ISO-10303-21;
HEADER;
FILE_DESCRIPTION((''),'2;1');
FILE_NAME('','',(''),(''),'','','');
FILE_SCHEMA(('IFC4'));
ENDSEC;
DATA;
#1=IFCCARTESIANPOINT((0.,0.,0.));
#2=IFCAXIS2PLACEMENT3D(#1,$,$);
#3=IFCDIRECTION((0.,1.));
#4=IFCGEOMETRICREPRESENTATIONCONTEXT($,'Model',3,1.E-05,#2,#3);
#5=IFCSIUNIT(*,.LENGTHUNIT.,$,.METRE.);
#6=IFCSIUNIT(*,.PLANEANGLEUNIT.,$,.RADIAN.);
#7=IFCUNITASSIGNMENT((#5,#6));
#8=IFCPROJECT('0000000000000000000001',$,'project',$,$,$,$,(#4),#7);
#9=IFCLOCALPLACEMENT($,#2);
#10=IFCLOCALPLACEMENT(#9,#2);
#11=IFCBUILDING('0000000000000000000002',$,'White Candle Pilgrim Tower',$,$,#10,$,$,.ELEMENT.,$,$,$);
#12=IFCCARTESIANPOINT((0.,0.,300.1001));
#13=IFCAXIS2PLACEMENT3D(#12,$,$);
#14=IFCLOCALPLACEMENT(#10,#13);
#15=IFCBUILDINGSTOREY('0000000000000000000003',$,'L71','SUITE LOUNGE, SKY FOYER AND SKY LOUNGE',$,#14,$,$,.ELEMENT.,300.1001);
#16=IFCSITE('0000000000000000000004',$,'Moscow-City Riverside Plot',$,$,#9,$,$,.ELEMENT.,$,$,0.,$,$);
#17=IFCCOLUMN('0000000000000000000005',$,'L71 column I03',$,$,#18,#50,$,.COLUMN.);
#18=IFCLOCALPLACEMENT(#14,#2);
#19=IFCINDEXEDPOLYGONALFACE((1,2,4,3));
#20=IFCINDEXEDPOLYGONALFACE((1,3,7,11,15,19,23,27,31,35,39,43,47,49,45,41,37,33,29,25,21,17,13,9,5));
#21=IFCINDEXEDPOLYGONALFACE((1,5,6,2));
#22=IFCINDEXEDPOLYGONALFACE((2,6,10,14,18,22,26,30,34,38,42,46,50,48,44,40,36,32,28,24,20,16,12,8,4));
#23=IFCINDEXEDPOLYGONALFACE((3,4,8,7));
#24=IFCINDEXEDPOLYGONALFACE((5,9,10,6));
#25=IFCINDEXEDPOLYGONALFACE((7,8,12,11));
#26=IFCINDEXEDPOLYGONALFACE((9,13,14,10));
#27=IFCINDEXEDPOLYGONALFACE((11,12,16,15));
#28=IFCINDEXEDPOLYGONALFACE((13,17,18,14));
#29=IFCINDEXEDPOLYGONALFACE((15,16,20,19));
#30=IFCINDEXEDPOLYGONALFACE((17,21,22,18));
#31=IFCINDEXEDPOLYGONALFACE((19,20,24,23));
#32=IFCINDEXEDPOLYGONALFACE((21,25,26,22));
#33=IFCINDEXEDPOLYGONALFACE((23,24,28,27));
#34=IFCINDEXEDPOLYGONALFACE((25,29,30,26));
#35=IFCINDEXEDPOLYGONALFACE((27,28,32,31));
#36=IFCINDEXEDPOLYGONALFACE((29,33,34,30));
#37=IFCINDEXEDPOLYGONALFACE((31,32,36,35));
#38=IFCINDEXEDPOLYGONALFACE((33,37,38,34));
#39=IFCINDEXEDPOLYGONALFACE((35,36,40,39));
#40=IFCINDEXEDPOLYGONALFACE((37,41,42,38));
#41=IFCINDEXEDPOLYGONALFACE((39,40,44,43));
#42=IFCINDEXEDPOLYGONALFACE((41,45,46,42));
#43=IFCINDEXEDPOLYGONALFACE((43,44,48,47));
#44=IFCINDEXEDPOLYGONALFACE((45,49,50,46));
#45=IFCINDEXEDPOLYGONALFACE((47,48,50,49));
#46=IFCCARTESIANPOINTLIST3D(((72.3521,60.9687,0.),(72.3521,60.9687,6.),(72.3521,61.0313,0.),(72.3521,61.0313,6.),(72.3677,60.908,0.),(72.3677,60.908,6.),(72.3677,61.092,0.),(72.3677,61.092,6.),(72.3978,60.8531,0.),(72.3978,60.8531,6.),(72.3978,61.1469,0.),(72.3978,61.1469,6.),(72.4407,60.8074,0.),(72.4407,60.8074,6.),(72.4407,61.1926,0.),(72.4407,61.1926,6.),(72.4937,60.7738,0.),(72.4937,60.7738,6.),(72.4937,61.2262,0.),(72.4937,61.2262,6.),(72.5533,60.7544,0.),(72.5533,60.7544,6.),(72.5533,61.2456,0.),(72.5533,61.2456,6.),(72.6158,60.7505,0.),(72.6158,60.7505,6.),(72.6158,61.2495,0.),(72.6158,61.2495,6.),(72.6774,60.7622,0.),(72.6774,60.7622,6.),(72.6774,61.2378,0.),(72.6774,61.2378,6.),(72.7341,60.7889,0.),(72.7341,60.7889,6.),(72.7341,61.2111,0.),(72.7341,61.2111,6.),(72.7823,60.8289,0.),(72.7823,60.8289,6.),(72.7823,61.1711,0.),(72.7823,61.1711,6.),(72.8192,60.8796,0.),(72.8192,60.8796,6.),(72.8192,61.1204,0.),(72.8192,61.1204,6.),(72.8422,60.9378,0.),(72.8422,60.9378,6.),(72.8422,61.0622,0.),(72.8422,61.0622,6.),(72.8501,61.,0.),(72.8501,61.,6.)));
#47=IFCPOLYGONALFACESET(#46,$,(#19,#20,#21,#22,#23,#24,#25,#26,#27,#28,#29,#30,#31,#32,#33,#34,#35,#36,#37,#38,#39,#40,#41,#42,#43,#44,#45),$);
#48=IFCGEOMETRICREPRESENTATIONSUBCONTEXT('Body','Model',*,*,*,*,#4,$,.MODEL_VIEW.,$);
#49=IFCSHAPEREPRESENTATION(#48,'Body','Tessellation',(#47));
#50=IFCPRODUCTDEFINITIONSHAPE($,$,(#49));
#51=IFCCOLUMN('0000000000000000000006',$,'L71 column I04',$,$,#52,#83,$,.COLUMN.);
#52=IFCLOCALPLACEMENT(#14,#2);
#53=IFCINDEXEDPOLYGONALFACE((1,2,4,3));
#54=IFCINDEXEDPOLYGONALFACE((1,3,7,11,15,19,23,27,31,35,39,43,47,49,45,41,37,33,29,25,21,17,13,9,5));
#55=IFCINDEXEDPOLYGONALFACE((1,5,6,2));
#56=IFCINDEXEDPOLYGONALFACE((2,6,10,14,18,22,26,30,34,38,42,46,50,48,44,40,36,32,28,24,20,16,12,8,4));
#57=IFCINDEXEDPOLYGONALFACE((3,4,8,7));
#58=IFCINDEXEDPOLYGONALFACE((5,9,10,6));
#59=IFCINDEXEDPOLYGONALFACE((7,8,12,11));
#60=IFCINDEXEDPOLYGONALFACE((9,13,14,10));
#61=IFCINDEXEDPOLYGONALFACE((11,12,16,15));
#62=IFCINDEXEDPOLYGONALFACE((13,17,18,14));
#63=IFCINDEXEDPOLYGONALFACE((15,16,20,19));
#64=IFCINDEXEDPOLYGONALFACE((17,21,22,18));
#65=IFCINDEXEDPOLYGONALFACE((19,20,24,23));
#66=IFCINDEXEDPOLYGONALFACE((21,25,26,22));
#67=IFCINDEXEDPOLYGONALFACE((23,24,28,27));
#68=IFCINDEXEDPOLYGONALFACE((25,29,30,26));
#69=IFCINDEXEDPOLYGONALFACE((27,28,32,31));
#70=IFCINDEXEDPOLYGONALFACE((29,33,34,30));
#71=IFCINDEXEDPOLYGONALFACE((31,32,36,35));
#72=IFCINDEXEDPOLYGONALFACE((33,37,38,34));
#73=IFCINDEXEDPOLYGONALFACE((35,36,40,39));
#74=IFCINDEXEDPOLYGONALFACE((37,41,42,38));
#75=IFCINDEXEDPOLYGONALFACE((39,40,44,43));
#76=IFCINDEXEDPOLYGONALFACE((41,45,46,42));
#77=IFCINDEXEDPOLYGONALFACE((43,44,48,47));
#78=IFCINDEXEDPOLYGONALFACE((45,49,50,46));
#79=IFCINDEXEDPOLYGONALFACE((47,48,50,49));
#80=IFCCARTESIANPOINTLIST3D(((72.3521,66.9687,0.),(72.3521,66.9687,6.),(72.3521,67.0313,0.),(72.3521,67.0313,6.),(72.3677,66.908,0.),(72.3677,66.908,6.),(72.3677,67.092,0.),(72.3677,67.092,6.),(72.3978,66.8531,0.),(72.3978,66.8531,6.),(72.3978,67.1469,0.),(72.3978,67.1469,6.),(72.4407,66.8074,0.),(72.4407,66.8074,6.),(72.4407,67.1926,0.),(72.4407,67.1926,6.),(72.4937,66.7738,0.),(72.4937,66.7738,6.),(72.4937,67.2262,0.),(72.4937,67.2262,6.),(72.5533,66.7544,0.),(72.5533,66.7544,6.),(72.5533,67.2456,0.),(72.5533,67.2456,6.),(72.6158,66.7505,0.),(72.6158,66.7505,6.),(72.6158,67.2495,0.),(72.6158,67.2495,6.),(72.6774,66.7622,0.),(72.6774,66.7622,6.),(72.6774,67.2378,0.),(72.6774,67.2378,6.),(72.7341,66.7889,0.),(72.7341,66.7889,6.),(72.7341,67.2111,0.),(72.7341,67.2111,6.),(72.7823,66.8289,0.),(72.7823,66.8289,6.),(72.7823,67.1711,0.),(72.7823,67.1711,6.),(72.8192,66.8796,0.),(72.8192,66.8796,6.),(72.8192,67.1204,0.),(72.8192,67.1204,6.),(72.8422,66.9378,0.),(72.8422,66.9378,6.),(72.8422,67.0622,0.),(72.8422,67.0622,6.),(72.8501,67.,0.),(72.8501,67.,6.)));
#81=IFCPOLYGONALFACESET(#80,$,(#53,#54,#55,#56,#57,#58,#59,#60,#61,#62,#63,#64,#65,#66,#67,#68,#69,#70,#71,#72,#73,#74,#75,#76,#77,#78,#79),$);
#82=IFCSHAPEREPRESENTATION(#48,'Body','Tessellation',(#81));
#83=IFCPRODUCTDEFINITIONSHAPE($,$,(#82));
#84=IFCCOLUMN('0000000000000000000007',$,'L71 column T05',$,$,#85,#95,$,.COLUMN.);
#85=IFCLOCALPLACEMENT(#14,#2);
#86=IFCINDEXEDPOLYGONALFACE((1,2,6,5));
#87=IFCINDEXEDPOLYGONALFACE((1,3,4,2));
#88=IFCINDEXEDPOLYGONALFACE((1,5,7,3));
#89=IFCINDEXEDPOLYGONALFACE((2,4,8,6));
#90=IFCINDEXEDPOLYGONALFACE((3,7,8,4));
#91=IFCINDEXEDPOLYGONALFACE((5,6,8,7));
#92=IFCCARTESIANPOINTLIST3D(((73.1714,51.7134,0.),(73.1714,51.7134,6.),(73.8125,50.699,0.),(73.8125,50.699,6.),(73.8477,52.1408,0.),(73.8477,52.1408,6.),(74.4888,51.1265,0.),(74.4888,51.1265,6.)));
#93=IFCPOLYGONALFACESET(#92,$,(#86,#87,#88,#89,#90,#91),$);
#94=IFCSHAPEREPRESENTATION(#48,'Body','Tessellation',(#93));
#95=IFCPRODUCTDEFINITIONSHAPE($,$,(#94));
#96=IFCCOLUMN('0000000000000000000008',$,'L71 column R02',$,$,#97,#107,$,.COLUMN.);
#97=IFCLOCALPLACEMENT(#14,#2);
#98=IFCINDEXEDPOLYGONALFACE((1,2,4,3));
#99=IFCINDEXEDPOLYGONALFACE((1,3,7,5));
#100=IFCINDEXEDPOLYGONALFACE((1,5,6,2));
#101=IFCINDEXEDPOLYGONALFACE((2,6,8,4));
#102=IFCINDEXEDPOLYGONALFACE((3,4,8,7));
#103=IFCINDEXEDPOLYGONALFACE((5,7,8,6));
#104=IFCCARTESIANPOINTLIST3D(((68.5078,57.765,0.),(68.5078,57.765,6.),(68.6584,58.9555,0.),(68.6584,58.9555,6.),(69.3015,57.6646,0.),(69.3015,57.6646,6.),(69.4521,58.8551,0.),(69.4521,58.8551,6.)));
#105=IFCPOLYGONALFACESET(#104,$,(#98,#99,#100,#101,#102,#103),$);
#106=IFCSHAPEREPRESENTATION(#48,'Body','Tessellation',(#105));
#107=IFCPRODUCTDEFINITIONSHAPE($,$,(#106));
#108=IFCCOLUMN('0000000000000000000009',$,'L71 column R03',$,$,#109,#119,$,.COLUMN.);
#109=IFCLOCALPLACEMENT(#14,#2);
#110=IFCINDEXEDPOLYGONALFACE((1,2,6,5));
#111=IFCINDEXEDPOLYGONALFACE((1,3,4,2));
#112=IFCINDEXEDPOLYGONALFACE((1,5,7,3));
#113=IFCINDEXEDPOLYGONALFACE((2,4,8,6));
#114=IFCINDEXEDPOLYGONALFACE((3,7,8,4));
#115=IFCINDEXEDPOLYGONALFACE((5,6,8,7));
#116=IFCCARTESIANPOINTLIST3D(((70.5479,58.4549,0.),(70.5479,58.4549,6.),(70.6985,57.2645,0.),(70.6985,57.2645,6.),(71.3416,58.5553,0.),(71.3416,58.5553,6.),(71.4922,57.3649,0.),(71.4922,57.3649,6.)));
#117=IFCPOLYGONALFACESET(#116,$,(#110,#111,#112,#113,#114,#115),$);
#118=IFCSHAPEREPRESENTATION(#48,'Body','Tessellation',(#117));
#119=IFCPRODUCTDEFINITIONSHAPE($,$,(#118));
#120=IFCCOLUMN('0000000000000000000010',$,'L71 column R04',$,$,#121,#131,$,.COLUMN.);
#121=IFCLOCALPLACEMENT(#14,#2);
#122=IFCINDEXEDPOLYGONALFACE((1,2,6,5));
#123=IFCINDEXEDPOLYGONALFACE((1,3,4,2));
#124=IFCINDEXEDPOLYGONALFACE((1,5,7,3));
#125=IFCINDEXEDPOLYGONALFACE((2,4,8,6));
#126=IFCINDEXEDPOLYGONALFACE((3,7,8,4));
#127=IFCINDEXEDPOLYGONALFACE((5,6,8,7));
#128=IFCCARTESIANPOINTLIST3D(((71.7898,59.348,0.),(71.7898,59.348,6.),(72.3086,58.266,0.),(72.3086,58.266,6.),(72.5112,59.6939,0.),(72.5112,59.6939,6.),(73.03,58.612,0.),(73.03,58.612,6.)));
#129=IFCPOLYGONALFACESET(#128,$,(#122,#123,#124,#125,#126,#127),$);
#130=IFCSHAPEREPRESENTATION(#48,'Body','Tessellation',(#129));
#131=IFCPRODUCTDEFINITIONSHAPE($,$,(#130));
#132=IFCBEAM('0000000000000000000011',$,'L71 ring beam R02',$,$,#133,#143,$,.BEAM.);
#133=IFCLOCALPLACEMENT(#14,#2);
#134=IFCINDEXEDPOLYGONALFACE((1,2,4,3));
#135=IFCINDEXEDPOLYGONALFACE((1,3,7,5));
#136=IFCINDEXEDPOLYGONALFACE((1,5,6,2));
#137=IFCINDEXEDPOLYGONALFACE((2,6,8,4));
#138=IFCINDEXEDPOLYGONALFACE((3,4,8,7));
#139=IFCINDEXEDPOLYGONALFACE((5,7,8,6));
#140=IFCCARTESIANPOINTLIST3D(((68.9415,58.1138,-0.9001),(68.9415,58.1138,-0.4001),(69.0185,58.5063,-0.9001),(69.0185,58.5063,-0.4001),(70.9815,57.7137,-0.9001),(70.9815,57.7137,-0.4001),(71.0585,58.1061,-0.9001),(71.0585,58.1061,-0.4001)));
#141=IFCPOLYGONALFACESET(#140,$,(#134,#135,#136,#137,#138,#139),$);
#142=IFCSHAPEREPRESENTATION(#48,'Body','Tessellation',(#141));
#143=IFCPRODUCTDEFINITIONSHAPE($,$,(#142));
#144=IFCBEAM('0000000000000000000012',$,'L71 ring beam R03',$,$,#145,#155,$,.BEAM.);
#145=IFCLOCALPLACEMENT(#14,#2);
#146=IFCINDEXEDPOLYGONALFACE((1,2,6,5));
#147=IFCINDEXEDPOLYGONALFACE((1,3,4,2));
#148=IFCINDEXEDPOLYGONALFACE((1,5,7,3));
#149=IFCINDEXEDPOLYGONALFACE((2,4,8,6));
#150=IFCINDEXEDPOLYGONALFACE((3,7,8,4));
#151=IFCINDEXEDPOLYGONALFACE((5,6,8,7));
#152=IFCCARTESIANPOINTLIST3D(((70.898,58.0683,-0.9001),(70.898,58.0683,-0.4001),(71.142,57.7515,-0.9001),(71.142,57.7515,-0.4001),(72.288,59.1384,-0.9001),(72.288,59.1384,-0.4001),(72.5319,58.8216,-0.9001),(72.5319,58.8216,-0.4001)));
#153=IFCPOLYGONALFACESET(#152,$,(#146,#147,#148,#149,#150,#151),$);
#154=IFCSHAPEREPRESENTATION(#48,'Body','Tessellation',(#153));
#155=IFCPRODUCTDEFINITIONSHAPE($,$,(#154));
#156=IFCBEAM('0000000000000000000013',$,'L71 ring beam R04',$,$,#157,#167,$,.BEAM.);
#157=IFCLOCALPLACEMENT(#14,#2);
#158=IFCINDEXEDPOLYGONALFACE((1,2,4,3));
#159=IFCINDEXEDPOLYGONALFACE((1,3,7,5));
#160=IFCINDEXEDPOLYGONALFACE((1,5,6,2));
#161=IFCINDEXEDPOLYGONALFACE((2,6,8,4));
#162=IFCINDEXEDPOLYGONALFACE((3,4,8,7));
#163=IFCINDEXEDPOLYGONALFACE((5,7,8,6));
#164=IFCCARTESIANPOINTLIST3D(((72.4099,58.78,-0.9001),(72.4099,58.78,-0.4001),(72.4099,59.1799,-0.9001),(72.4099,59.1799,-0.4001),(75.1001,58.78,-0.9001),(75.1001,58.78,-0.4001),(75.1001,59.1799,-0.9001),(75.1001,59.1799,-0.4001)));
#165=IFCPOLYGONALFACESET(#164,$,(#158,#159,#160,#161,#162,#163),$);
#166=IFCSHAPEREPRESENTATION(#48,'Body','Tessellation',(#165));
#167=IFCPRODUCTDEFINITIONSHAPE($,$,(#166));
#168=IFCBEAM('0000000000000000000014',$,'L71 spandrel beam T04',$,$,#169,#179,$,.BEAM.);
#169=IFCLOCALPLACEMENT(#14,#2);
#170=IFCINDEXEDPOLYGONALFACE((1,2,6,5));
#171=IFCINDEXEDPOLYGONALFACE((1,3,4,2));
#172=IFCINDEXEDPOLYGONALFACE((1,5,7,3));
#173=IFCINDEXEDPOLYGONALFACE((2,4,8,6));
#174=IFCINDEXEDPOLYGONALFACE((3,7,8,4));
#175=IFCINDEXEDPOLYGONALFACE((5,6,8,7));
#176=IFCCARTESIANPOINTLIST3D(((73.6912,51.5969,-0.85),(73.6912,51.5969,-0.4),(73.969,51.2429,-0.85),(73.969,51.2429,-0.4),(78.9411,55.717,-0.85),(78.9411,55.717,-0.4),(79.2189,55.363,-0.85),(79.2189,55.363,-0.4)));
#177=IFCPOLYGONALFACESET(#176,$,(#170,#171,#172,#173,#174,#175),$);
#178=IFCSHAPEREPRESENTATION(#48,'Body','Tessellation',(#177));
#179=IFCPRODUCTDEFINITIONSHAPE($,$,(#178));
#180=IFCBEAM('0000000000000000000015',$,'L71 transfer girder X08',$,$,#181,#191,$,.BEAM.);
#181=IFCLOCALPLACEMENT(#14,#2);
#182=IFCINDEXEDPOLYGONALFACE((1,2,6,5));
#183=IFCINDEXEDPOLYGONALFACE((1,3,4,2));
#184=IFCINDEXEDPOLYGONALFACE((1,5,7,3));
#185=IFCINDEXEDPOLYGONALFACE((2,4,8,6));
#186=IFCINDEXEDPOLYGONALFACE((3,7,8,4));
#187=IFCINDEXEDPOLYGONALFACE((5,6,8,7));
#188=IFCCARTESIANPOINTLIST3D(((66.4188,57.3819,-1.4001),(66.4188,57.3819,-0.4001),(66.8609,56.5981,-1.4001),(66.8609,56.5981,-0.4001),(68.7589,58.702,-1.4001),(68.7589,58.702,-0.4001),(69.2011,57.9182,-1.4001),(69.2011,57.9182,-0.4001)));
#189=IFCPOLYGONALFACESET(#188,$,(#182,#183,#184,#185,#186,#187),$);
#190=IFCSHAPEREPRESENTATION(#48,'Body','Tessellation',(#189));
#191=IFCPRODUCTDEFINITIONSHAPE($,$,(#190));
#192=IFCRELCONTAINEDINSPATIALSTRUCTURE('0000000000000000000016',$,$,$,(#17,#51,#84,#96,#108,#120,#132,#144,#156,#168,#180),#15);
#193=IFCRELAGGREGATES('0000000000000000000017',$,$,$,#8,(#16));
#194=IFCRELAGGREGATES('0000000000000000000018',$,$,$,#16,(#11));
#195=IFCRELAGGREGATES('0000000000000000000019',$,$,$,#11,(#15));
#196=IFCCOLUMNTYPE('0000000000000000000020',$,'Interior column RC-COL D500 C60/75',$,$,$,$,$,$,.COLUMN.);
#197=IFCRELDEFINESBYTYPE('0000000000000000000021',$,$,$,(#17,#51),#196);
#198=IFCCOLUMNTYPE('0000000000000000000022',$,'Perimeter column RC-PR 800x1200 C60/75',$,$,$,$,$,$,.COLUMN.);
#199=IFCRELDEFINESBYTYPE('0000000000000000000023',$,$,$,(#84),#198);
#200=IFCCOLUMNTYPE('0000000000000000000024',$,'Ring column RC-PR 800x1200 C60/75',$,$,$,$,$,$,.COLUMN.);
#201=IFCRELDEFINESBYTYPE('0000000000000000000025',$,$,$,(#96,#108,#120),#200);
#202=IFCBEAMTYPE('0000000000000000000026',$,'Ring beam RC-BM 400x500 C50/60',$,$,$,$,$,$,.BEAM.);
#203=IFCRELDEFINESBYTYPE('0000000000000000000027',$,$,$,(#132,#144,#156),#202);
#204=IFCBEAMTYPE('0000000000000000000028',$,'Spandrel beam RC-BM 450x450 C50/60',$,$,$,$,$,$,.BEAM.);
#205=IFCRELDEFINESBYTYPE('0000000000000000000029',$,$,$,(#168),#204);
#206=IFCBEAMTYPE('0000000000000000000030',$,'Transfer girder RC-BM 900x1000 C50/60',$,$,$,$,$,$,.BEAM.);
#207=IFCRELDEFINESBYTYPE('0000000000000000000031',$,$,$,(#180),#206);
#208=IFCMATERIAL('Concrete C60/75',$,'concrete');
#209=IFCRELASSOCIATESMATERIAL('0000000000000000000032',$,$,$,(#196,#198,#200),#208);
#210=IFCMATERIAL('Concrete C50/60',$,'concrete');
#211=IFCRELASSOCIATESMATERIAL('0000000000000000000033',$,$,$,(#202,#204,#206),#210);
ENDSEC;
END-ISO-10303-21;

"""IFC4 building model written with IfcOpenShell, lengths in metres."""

from ifc_helpers import new_model, si_unit, direction, frame, origin, origin_2d, place, context, subcontext, project, spatial, rectangle, circle, extrude, material, material_profile, profile_set, type_object, element, save


model = new_model("IFC4")

# Units and contexts
model_context = context("Model", 3, precision=1e-05, world=origin(), true_north=direction((0.0, 1.0)))
body_context = subcontext(model_context, "Body", "Model", "MODEL_VIEW")
ifc_project = project(units=[si_unit("LENGTHUNIT", "METRE"), si_unit("PLANEANGLEUNIT", "RADIAN")], contexts=[model_context])

# Site, building, storey
site_placement = place(None, origin())
site = spatial("IfcSite", under=ifc_project, at=site_placement, Name="Moscow-City Riverside Plot", CompositionType="ELEMENT", RefElevation=0.0)
building_placement = place(site_placement, origin())
building = spatial("IfcBuilding", under=site, at=building_placement, Name="White Candle Pilgrim Tower", CompositionType="ELEMENT")
storey_placement = place(building_placement, frame((0.0, 0.0, 300.1001)))
storey = spatial("IfcBuildingStorey", under=building, at=storey_placement, Name="L71", Description="SUITE LOUNGE, SKY FOYER AND SKY LOUNGE", CompositionType="ELEMENT", Elevation=300.1001)

# Columns
ifc_material_1 = material(Name="Concrete C60/75", Category="concrete")
ifc_material_profile_1 = material_profile(ifc_material_1, circle(Radius=0.25, at=origin_2d()), Name="RC-COL D500")
ifc_profile_set_1 = profile_set([ifc_material_profile_1], Name="Concrete C60/75")
column_type_1 = type_object("IfcColumnType", Name="Interior column RC-COL D500 C60/75", PredefinedType="COLUMN", material=ifc_profile_set_1)
for number, where, z_axis, x_axis, name in (
    (1, (72.6001, 61.0, 0.0), (0.0, 0.0, 1.0), (1.0, 0.0, 0.0), "L71 column I03"),
    (2, (72.6001, 67.0, 0.0), (0.0, 0.0, 1.0), (1.0, 0.0, 0.0), "L71 column I04"),
):
    element("IfcColumn", number, at=place(storey_placement, frame(where, z_axis=z_axis, x_axis=x_axis)), inside=storey, type_object=column_type_1, Name=name, PredefinedType="COLUMN", context=body_context, shape_type="SweptSolid", body=[
        extrude(circle(Radius=0.25, at=origin_2d()), origin(), (0.0, 0.0, 1.0), 6.0),
    ])
ifc_material_profile_2 = material_profile(ifc_material_1, rectangle(XDim=0.8, YDim=1.2, at=origin_2d()), Name="RC-PR 800x1200")
ifc_profile_set_2 = profile_set([ifc_material_profile_2], Name="Concrete C60/75")
column_type_2 = type_object("IfcColumnType", Name="Perimeter column RC-PR 800x1200 C60/75", PredefinedType="COLUMN", material=ifc_profile_set_2)
column_placement = place(storey_placement, frame((73.8301, 51.4199, 0.0), z_axis=(0.0, 0.0, 1.0), x_axis=(-0.845318, -0.534264, 0.0)))
element("IfcColumn", 3, at=column_placement, inside=storey, type_object=column_type_2, Name="L71 column T05", PredefinedType="COLUMN", context=body_context, shape_type="SweptSolid", body=[
    extrude(rectangle(XDim=0.8, YDim=1.2, at=origin_2d()), origin(), (0.0, 0.0, 1.0), 6.0),
])
ifc_material_profile_3 = material_profile(ifc_material_1, rectangle(XDim=0.8, YDim=1.2, at=origin_2d()), Name="RC-PR 800x1200")
ifc_profile_set_3 = profile_set([ifc_material_profile_3], Name="Concrete C60/75")
column_type_3 = type_object("IfcColumnType", Name="Ring column RC-PR 800x1200 C60/75", PredefinedType="COLUMN", material=ifc_profile_set_3)
for number, where, z_axis, x_axis, name in (
    (4, (68.98, 58.3101, 0.0), (0.0, 0.0, 1.0), (-0.992093, 0.125506, 0.0), "L71 column R02"),
    (5, (71.02, 57.9099, 0.0), (0.0, 0.0, 1.0), (-0.992093, -0.125506, 0.0), "L71 column R03"),
    (6, (72.4099, 58.98, 0.0), (0.0, 0.0, 1.0), (-0.901689, -0.432385, 0.0), "L71 column R04"),
):
    element("IfcColumn", number, at=place(storey_placement, frame(where, z_axis=z_axis, x_axis=x_axis)), inside=storey, type_object=column_type_3, Name=name, PredefinedType="COLUMN", context=body_context, shape_type="SweptSolid", body=[
        extrude(rectangle(XDim=0.8, YDim=1.2, at=origin_2d()), origin(), (0.0, 0.0, 1.0), 6.0),
    ])

# Beams
ifc_material_2 = material(Name="Concrete C50/60", Category="concrete")
ifc_material_profile_4 = material_profile(ifc_material_2, rectangle(XDim=0.3999, YDim=0.5, at=origin_2d()), Name="RC-BM 400x500")
ifc_profile_set_4 = profile_set([ifc_material_profile_4], Name="Concrete C50/60")
beam_type_1 = type_object("IfcBeamType", Name="Ring beam RC-BM 400x500 C50/60", PredefinedType="BEAM", material=ifc_profile_set_4)
beam_1_placement = place(storey_placement, frame((68.98, 58.3101, -0.6501), z_axis=(0.981301, -0.192479, 0.0), x_axis=(0.192479, 0.981301, 0.0)))
element("IfcBeam", 7, at=beam_1_placement, inside=storey, type_object=beam_type_1, Name="L71 ring beam R02", PredefinedType="BEAM", context=body_context, shape_type="SweptSolid", body=[
    extrude(rectangle(XDim=0.3999, YDim=0.5, at=origin_2d()), origin(), (0.0, 0.0, 1.0), 2.0789),
])
beam_2_placement = place(storey_placement, frame((71.02, 57.9099, -0.6501), z_axis=(0.79237, 0.61004, 0.0), x_axis=(-0.61004, 0.79237, 0.0)))
element("IfcBeam", 8, at=beam_2_placement, inside=storey, type_object=beam_type_1, Name="L71 ring beam R03", PredefinedType="BEAM", context=body_context, shape_type="SweptSolid", body=[
    extrude(rectangle(XDim=0.3999, YDim=0.5, at=origin_2d()), origin(), (0.0, 0.0, 1.0), 1.7542),
])
beam_3_placement = place(storey_placement, frame((72.4099, 58.98, -0.6501), z_axis=(1.0, 0.0, 0.0), x_axis=(0.0, 1.0, 0.0)))
element("IfcBeam", 9, at=beam_3_placement, inside=storey, type_object=beam_type_1, Name="L71 ring beam R04", PredefinedType="BEAM", context=body_context, shape_type="SweptSolid", body=[
    extrude(rectangle(XDim=0.3999, YDim=0.5, at=origin_2d()), origin(), (0.0, 0.0, 1.0), 2.6902),
])
ifc_material_profile_5 = material_profile(ifc_material_2, rectangle(XDim=0.45, YDim=0.45, at=origin_2d()), Name="RC-BM 450x450")
ifc_profile_set_5 = profile_set([ifc_material_profile_5], Name="Concrete C50/60")
beam_type_2 = type_object("IfcBeamType", Name="Spandrel beam RC-BM 450x450 C50/60", PredefinedType="BEAM", material=ifc_profile_set_5)
beam_4_placement = place(storey_placement, frame((73.8301, 51.4199, -0.625), z_axis=(0.786674, 0.617369, 0.0), x_axis=(-0.617369, 0.786674, 0.0)))
element("IfcBeam", 10, at=beam_4_placement, inside=storey, type_object=beam_type_2, Name="L71 spandrel beam T04", PredefinedType="BEAM", context=body_context, shape_type="SweptSolid", body=[
    extrude(rectangle(XDim=0.45, YDim=0.45, at=origin_2d()), origin(), (0.0, 0.0, 1.0), 6.6736),
])
ifc_material_profile_6 = material_profile(ifc_material_2, rectangle(XDim=0.8999, YDim=1.0, at=origin_2d()), Name="RC-BM 900x1000")
ifc_profile_set_6 = profile_set([ifc_material_profile_6], Name="Concrete C50/60")
beam_type_3 = type_object("IfcBeamType", Name="Transfer girder RC-BM 900x1000 C50/60", PredefinedType="BEAM", material=ifc_profile_set_6)
beam_5_placement = place(storey_placement, frame((68.98, 58.3101, -0.9001), z_axis=(-0.870975, -0.491326, 0.0), x_axis=(0.491326, -0.870975, 0.0)))
element("IfcBeam", 11, at=beam_5_placement, inside=storey, type_object=beam_type_3, Name="L71 transfer girder X08", PredefinedType="BEAM", context=body_context, shape_type="SweptSolid", body=[
    extrude(rectangle(XDim=0.8999, YDim=1.0, at=origin_2d()), origin(), (0.0, 0.0, 1.0), 2.6868),
])

save(model, "model.ifc")
